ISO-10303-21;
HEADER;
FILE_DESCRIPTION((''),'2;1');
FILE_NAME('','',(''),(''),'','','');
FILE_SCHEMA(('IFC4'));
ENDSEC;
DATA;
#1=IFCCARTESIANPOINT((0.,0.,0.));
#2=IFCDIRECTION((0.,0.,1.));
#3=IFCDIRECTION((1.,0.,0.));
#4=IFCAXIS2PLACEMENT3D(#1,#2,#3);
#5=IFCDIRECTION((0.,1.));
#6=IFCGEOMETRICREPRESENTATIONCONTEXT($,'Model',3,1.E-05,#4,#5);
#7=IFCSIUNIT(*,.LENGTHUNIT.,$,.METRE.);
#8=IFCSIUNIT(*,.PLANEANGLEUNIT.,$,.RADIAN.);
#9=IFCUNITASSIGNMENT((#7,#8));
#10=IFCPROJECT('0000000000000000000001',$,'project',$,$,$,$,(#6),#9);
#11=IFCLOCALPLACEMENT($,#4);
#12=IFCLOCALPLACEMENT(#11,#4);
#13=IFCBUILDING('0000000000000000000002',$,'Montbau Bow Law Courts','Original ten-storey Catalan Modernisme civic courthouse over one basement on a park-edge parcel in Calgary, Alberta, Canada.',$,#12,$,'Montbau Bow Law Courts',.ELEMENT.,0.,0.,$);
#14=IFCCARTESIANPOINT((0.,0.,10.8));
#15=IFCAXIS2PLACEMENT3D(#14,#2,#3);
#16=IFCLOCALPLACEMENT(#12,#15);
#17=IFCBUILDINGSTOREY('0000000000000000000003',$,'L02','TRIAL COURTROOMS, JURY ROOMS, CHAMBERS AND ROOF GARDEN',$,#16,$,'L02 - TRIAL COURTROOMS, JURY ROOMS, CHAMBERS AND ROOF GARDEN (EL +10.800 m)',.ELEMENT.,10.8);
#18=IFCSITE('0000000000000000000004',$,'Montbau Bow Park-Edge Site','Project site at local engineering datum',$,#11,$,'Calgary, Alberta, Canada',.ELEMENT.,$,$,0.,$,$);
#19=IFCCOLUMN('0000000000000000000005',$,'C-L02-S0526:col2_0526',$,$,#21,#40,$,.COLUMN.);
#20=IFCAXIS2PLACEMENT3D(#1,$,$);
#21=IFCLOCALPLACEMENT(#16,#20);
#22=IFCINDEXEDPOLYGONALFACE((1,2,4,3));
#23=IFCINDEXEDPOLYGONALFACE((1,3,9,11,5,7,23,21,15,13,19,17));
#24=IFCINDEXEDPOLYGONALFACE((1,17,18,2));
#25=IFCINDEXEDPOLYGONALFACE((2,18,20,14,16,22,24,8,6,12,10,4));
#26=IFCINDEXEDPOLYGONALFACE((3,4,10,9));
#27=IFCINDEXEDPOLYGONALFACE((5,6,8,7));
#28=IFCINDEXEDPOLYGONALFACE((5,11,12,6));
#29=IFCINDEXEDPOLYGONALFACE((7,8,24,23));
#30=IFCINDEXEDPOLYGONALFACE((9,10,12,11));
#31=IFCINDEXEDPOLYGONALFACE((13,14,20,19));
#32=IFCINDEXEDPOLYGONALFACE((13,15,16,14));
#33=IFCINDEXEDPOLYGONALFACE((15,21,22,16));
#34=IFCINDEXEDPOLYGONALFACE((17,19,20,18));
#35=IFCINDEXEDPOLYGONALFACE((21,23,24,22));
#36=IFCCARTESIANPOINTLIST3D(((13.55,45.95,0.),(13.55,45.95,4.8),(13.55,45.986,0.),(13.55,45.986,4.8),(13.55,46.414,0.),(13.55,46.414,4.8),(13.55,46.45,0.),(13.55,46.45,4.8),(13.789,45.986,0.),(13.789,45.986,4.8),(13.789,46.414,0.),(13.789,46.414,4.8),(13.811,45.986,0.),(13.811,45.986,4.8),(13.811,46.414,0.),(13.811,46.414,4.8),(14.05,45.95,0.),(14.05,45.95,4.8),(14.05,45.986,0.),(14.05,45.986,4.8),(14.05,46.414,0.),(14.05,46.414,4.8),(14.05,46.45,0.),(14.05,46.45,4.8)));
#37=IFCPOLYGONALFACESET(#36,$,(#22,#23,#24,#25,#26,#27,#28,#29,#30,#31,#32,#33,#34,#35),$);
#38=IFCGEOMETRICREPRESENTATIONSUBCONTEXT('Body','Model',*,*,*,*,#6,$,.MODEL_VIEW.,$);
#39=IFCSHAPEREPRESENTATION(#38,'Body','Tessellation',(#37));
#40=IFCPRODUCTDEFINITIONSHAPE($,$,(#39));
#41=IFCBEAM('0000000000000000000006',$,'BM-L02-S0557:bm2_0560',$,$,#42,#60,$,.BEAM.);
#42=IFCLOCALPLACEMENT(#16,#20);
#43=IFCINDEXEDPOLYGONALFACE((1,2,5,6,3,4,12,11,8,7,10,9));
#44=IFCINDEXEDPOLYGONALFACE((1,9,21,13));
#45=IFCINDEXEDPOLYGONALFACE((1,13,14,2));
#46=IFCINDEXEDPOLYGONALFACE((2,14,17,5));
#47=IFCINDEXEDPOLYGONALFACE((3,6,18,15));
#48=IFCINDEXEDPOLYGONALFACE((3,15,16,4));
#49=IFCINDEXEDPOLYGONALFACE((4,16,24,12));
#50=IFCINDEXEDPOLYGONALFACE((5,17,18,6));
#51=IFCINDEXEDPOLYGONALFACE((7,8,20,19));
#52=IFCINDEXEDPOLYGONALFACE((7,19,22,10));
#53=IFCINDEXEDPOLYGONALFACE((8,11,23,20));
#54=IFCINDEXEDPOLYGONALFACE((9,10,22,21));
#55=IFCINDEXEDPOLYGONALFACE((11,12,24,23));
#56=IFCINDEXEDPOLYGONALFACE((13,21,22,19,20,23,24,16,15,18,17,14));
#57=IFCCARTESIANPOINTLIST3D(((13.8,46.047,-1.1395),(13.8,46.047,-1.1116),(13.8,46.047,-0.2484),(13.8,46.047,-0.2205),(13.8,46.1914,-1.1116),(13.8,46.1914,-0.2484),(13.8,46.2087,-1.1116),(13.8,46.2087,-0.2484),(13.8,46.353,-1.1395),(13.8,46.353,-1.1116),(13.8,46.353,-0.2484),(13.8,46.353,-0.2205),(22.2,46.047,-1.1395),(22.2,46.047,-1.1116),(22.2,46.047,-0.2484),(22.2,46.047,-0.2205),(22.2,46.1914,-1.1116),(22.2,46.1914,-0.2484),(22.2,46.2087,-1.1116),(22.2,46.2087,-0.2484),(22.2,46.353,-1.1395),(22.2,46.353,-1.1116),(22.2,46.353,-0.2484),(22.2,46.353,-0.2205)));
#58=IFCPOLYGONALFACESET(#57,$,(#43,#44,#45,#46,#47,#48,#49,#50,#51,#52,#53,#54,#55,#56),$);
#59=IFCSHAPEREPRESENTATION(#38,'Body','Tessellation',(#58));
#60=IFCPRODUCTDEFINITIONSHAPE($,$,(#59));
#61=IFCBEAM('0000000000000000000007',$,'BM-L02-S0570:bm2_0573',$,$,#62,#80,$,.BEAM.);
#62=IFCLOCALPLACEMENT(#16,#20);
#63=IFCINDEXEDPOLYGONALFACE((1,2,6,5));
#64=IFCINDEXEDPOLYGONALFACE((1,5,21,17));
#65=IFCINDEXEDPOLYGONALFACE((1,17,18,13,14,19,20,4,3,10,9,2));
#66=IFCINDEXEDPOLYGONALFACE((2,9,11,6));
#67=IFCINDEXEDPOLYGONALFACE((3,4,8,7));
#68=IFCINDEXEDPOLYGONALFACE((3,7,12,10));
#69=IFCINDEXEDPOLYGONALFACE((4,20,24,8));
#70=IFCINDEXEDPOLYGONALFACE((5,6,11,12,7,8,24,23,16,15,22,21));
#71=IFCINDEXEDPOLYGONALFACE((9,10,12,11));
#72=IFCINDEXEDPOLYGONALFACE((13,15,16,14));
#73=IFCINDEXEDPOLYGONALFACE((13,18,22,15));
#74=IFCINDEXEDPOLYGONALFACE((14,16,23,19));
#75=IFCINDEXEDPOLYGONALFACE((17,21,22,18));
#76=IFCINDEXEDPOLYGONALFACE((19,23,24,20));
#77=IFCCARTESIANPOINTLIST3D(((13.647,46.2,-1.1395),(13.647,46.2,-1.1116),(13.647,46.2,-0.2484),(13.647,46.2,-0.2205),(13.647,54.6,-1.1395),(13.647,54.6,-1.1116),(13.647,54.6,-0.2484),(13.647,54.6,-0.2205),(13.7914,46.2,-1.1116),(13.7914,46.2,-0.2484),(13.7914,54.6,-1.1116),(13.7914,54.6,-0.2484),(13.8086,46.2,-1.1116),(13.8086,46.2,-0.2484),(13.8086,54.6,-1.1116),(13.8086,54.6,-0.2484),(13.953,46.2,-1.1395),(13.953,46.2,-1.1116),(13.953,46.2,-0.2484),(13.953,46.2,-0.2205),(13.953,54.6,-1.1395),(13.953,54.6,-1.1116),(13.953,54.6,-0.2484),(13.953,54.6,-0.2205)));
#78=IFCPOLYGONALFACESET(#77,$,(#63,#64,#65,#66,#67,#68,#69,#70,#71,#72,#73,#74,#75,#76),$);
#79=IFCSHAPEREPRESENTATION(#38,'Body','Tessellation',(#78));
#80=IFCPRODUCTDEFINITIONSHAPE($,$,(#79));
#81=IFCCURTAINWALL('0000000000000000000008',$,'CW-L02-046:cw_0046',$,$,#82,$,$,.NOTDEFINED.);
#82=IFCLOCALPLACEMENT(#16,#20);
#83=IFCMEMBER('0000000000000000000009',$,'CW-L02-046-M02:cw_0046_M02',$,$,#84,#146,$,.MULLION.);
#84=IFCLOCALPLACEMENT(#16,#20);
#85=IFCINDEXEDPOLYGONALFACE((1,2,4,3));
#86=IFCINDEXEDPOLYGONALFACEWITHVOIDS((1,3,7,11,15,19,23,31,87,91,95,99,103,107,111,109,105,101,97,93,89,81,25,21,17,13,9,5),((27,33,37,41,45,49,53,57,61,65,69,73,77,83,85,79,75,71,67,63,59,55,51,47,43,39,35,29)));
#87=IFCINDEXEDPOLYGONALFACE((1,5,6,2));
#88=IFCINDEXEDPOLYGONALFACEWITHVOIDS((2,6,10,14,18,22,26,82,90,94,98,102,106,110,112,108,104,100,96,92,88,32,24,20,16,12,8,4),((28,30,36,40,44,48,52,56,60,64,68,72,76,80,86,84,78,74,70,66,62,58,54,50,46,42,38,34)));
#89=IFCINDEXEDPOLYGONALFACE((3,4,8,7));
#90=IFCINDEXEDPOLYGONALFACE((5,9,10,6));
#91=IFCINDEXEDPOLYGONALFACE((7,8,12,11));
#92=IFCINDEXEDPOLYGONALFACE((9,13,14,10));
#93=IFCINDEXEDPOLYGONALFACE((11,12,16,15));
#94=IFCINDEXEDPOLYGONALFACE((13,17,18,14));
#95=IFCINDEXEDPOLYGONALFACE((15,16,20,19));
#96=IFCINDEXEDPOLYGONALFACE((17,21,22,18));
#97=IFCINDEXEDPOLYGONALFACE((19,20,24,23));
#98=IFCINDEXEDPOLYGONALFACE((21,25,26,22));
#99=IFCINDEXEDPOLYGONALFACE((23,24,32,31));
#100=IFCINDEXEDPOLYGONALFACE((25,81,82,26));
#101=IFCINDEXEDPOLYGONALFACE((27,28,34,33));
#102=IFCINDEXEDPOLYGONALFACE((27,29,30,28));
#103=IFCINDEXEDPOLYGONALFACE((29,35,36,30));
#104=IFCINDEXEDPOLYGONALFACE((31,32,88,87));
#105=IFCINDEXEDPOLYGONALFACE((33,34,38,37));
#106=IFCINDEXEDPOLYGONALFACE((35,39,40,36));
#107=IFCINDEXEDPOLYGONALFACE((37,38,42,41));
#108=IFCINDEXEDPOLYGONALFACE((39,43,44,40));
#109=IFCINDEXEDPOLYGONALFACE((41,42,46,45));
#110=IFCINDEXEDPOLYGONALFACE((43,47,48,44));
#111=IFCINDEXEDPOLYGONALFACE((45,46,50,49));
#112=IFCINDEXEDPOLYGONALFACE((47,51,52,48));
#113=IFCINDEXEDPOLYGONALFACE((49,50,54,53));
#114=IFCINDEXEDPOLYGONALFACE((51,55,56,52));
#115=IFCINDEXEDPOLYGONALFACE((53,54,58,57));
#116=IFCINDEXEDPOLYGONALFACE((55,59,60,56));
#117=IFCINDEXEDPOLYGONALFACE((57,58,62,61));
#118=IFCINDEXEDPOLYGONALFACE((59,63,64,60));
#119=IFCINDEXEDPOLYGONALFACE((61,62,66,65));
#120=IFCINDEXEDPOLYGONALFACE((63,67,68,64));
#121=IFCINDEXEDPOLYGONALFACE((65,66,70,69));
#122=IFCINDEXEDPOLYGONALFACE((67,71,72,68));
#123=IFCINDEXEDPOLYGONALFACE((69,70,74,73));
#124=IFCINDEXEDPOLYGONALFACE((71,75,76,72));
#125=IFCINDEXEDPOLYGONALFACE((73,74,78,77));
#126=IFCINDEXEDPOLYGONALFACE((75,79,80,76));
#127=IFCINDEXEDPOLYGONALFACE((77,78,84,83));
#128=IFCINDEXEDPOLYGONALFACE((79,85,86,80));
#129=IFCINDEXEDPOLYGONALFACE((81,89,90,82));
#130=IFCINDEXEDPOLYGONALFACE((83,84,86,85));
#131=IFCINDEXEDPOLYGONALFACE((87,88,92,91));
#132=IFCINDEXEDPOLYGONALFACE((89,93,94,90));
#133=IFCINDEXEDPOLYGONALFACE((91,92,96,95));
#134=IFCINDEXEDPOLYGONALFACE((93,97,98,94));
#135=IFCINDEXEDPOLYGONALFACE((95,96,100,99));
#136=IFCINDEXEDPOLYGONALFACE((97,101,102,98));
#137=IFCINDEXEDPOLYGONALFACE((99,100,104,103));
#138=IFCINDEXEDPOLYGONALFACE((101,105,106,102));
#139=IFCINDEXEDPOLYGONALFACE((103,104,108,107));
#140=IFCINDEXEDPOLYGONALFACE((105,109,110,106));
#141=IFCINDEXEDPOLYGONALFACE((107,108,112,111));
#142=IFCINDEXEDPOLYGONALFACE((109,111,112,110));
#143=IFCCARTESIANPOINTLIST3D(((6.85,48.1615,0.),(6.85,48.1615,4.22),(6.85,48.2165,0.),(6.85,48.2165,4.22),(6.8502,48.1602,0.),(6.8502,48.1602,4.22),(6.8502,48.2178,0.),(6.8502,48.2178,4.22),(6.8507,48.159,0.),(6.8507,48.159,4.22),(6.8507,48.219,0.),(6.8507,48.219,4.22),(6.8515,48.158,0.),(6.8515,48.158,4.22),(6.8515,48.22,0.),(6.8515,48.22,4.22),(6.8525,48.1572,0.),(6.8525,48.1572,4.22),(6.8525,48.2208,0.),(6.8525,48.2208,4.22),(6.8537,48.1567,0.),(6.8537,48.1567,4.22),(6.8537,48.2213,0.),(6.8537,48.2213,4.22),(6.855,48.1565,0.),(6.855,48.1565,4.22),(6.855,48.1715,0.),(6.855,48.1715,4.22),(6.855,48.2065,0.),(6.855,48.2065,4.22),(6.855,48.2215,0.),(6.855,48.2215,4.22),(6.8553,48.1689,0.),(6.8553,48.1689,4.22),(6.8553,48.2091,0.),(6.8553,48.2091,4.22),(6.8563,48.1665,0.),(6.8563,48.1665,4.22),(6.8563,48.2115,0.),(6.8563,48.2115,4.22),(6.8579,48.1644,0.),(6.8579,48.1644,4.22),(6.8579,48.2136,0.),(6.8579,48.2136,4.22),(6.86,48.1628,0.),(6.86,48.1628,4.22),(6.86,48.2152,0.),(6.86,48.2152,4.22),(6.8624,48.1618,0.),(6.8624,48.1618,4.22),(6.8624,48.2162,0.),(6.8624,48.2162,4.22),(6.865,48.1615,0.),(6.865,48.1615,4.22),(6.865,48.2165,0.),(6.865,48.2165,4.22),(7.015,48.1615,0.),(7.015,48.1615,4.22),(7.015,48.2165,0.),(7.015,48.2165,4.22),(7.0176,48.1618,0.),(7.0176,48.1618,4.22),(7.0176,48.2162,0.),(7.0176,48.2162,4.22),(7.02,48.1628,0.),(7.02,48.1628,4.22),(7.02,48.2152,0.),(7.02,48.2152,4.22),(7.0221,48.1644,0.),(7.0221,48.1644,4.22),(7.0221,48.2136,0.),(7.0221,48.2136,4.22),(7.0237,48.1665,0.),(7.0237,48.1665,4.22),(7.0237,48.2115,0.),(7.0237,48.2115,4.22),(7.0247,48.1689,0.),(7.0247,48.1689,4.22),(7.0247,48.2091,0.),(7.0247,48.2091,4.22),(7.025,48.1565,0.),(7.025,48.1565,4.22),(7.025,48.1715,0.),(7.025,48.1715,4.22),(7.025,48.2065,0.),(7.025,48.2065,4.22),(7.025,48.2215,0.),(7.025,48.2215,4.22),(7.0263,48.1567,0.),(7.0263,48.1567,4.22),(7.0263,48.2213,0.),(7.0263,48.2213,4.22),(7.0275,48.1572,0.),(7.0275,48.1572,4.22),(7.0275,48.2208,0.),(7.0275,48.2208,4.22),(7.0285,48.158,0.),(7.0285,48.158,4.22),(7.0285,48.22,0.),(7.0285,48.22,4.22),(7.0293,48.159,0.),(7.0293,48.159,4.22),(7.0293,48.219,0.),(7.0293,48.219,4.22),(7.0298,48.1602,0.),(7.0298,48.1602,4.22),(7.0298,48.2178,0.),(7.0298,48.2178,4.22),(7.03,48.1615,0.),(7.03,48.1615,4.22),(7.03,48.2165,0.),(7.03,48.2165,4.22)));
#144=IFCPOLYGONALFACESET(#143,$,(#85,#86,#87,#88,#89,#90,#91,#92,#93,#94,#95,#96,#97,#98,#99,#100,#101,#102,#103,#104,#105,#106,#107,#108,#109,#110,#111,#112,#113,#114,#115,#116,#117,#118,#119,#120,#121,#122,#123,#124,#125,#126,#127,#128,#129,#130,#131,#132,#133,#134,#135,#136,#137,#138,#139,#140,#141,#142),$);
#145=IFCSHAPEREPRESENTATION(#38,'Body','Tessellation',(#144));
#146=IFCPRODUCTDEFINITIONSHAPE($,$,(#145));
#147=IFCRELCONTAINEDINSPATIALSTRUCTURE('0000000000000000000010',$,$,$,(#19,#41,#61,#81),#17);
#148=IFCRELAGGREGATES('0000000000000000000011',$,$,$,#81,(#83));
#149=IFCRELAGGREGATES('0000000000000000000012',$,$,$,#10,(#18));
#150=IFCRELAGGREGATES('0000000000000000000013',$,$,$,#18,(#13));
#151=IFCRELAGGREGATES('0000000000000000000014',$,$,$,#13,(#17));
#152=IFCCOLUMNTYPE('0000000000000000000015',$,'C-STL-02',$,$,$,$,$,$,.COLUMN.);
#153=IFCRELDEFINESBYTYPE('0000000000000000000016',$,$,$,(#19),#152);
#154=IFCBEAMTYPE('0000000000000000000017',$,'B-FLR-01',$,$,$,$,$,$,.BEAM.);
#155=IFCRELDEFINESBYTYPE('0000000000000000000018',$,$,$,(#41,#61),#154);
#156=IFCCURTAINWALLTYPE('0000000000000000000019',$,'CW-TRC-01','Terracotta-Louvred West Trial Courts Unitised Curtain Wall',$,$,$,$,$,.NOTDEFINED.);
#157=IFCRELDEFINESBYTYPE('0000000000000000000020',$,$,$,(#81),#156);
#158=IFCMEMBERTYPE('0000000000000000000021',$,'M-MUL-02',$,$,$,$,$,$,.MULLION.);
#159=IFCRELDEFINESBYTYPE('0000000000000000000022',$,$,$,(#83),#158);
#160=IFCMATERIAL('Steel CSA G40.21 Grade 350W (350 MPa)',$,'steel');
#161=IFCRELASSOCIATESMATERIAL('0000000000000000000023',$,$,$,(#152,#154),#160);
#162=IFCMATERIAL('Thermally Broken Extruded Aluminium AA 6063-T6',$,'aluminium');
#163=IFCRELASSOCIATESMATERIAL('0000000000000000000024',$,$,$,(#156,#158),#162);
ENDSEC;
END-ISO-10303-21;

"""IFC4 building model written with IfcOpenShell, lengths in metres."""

from ifc_helpers import new_model, si_unit, direction, frame, origin_with_axes, origin_2d_with_axis, place, context, subcontext, project, spatial, hollow_rectangle, i_section, extrude, material, material_profile, profile_set, type_object, element, aggregate, save


model = new_model("IFC4")

# Units and contexts
model_context = context("Model", 3, precision=1e-05, world=origin_with_axes(), true_north=direction((0.0, 1.0)))
body_context = subcontext(model_context, "Body", "Model", "MODEL_VIEW")
ifc_project = project(units=[si_unit("LENGTHUNIT", "METRE"), si_unit("PLANEANGLEUNIT", "RADIAN")], contexts=[model_context])

# Site, building, storey
site_placement = place(None, origin_with_axes())
site = spatial("IfcSite", under=ifc_project, at=site_placement, Name="Montbau Bow Park-Edge Site", Description="Project site at local engineering datum", LongName="Calgary, Alberta, Canada", CompositionType="ELEMENT", RefElevation=0.0)
building_placement = place(site_placement, origin_with_axes())
building = spatial("IfcBuilding", under=site, at=building_placement, Name="Montbau Bow Law Courts", Description="Original ten-storey Catalan Modernisme civic courthouse over one basement on a park-edge parcel in Calgary, Alberta, Canada.", LongName="Montbau Bow Law Courts", CompositionType="ELEMENT", ElevationOfRefHeight=0.0, ElevationOfTerrain=0.0)
storey_placement = place(building_placement, frame((0.0, 0.0, 10.8), z_axis=(0.0, 0.0, 1.0), x_axis=(1.0, 0.0, 0.0)))
storey = spatial("IfcBuildingStorey", under=building, at=storey_placement, Name="L02", Description="TRIAL COURTROOMS, JURY ROOMS, CHAMBERS AND ROOF GARDEN", LongName="L02 - TRIAL COURTROOMS, JURY ROOMS, CHAMBERS AND ROOF GARDEN (EL +10.800 m)", CompositionType="ELEMENT", Elevation=10.8)

# Column
ifc_material_1 = material(Name="Steel CSA G40.21 Grade 350W (350 MPa)", Category="steel")
ifc_material_profile_1 = material_profile(ifc_material_1, i_section(OverallWidth=0.5, OverallDepth=0.5, WebThickness=0.022, FlangeThickness=0.036, at=origin_2d_with_axis()), Name="WWF500X343", Category="Main", Priority=0)
ifc_profile_set_1 = profile_set([ifc_material_profile_1], Name="Steel CSA G40.21 Grade 350W (350 MPa)")
column_type = type_object("IfcColumnType", Name="C-STL-02", PredefinedType="COLUMN", material=ifc_profile_set_1)
column_placement = place(None, frame((13.8, 46.2, 10.8), z_axis=(0.0, 0.0, 1.0), x_axis=(1.0, 0.0, 0.0)))
element("IfcColumn", 1, at=column_placement, inside=storey, type_object=column_type, Name="C-L02-S0526:col2_0526", PredefinedType="COLUMN", context=body_context, shape_type="SweptSolid", body=[
    extrude(i_section(OverallWidth=0.5, OverallDepth=0.5, WebThickness=0.022, FlangeThickness=0.036, at=origin_2d_with_axis()), origin_with_axes(), (0.0, 0.0, 1.0), 4.8),
])

# Beams
ifc_material_profile_2 = material_profile(ifc_material_1, i_section(OverallWidth=0.306, OverallDepth=0.919, WebThickness=0.0173, FlangeThickness=0.0279, at=origin_2d_with_axis()), Name="W920X253", Category="Main", Priority=0)
ifc_profile_set_2 = profile_set([ifc_material_profile_2], Name="Steel CSA G40.21 Grade 350W (350 MPa)")
beam_type = type_object("IfcBeamType", Name="B-FLR-01", PredefinedType="BEAM", material=ifc_profile_set_2)
for number, where, z_axis, x_axis, name in (
    (2, (13.8, 46.2, 10.12), (1.0, 0.0, 0.0), (0.0, 1.0, 0.0), "BM-L02-S0557:bm2_0560"),
    (3, (13.8, 46.2, 10.12), (0.0, 1.0, 0.0), (-1.0, 0.0, 0.0), "BM-L02-S0570:bm2_0573"),
):
    element("IfcBeam", number, at=place(None, frame(where, z_axis=z_axis, x_axis=x_axis)), inside=storey, type_object=beam_type, Name=name, PredefinedType="BEAM", context=body_context, shape_type="SweptSolid", body=[
        extrude(i_section(OverallWidth=0.306, OverallDepth=0.919, WebThickness=0.0173, FlangeThickness=0.0279, at=origin_2d_with_axis()), origin_with_axes(), (0.0, 0.0, 1.0), 8.4),
    ])

# Curtain wall, member
ifc_material_2 = material(Name="Thermally Broken Extruded Aluminium AA 6063-T6", Category="aluminium")
curtain_wall_type = type_object("IfcCurtainWallType", Name="CW-TRC-01", Description="Terracotta-Louvred West Trial Courts Unitised Curtain Wall", PredefinedType="NOTDEFINED", material=ifc_material_2)
curtain_wall_placement = place(None, frame((6.94, 46.715, 10.8), z_axis=(0.0, 0.0, 1.0), x_axis=(1.0, 0.0, 0.0)))
curtain_wall = element("IfcCurtainWall", 4, at=curtain_wall_placement, inside=storey, type_object=curtain_wall_type, Name="CW-L02-046:cw_0046", PredefinedType="NOTDEFINED")
ifc_material_profile_3 = material_profile(ifc_material_2, hollow_rectangle(XDim=0.065, YDim=0.18, WallThickness=0.005, InnerFilletRadius=0.01, OuterFilletRadius=0.005, at=origin_2d_with_axis()), Name="CWM-180X65", Category="Main", Priority=0)
ifc_profile_set_3 = profile_set([ifc_material_profile_3], Name="Thermally Broken Extruded Aluminium AA 6063-T6")
member_type_1 = type_object("IfcMemberType", Name="M-MUL-02", PredefinedType="MULLION", material=ifc_profile_set_3)
member_1_placement = place(None, frame((6.94, 48.189, 10.8), z_axis=(0.0, 0.0, 1.0), x_axis=(0.0, 1.0, 0.0)))
member_1 = element("IfcMember", 5, at=member_1_placement, type_object=member_type_1, Name="CW-L02-046-M02:cw_0046_M02", PredefinedType="MULLION", context=body_context, shape_type="SweptSolid", body=[
    extrude(hollow_rectangle(XDim=0.065, YDim=0.18, WallThickness=0.005, InnerFilletRadius=0.01, OuterFilletRadius=0.005, at=origin_2d_with_axis()), origin_with_axes(), (0.0, 0.0, 1.0), 4.22),
])
aggregate(curtain_wall, [member_1])

save(model, "model.ifc")
